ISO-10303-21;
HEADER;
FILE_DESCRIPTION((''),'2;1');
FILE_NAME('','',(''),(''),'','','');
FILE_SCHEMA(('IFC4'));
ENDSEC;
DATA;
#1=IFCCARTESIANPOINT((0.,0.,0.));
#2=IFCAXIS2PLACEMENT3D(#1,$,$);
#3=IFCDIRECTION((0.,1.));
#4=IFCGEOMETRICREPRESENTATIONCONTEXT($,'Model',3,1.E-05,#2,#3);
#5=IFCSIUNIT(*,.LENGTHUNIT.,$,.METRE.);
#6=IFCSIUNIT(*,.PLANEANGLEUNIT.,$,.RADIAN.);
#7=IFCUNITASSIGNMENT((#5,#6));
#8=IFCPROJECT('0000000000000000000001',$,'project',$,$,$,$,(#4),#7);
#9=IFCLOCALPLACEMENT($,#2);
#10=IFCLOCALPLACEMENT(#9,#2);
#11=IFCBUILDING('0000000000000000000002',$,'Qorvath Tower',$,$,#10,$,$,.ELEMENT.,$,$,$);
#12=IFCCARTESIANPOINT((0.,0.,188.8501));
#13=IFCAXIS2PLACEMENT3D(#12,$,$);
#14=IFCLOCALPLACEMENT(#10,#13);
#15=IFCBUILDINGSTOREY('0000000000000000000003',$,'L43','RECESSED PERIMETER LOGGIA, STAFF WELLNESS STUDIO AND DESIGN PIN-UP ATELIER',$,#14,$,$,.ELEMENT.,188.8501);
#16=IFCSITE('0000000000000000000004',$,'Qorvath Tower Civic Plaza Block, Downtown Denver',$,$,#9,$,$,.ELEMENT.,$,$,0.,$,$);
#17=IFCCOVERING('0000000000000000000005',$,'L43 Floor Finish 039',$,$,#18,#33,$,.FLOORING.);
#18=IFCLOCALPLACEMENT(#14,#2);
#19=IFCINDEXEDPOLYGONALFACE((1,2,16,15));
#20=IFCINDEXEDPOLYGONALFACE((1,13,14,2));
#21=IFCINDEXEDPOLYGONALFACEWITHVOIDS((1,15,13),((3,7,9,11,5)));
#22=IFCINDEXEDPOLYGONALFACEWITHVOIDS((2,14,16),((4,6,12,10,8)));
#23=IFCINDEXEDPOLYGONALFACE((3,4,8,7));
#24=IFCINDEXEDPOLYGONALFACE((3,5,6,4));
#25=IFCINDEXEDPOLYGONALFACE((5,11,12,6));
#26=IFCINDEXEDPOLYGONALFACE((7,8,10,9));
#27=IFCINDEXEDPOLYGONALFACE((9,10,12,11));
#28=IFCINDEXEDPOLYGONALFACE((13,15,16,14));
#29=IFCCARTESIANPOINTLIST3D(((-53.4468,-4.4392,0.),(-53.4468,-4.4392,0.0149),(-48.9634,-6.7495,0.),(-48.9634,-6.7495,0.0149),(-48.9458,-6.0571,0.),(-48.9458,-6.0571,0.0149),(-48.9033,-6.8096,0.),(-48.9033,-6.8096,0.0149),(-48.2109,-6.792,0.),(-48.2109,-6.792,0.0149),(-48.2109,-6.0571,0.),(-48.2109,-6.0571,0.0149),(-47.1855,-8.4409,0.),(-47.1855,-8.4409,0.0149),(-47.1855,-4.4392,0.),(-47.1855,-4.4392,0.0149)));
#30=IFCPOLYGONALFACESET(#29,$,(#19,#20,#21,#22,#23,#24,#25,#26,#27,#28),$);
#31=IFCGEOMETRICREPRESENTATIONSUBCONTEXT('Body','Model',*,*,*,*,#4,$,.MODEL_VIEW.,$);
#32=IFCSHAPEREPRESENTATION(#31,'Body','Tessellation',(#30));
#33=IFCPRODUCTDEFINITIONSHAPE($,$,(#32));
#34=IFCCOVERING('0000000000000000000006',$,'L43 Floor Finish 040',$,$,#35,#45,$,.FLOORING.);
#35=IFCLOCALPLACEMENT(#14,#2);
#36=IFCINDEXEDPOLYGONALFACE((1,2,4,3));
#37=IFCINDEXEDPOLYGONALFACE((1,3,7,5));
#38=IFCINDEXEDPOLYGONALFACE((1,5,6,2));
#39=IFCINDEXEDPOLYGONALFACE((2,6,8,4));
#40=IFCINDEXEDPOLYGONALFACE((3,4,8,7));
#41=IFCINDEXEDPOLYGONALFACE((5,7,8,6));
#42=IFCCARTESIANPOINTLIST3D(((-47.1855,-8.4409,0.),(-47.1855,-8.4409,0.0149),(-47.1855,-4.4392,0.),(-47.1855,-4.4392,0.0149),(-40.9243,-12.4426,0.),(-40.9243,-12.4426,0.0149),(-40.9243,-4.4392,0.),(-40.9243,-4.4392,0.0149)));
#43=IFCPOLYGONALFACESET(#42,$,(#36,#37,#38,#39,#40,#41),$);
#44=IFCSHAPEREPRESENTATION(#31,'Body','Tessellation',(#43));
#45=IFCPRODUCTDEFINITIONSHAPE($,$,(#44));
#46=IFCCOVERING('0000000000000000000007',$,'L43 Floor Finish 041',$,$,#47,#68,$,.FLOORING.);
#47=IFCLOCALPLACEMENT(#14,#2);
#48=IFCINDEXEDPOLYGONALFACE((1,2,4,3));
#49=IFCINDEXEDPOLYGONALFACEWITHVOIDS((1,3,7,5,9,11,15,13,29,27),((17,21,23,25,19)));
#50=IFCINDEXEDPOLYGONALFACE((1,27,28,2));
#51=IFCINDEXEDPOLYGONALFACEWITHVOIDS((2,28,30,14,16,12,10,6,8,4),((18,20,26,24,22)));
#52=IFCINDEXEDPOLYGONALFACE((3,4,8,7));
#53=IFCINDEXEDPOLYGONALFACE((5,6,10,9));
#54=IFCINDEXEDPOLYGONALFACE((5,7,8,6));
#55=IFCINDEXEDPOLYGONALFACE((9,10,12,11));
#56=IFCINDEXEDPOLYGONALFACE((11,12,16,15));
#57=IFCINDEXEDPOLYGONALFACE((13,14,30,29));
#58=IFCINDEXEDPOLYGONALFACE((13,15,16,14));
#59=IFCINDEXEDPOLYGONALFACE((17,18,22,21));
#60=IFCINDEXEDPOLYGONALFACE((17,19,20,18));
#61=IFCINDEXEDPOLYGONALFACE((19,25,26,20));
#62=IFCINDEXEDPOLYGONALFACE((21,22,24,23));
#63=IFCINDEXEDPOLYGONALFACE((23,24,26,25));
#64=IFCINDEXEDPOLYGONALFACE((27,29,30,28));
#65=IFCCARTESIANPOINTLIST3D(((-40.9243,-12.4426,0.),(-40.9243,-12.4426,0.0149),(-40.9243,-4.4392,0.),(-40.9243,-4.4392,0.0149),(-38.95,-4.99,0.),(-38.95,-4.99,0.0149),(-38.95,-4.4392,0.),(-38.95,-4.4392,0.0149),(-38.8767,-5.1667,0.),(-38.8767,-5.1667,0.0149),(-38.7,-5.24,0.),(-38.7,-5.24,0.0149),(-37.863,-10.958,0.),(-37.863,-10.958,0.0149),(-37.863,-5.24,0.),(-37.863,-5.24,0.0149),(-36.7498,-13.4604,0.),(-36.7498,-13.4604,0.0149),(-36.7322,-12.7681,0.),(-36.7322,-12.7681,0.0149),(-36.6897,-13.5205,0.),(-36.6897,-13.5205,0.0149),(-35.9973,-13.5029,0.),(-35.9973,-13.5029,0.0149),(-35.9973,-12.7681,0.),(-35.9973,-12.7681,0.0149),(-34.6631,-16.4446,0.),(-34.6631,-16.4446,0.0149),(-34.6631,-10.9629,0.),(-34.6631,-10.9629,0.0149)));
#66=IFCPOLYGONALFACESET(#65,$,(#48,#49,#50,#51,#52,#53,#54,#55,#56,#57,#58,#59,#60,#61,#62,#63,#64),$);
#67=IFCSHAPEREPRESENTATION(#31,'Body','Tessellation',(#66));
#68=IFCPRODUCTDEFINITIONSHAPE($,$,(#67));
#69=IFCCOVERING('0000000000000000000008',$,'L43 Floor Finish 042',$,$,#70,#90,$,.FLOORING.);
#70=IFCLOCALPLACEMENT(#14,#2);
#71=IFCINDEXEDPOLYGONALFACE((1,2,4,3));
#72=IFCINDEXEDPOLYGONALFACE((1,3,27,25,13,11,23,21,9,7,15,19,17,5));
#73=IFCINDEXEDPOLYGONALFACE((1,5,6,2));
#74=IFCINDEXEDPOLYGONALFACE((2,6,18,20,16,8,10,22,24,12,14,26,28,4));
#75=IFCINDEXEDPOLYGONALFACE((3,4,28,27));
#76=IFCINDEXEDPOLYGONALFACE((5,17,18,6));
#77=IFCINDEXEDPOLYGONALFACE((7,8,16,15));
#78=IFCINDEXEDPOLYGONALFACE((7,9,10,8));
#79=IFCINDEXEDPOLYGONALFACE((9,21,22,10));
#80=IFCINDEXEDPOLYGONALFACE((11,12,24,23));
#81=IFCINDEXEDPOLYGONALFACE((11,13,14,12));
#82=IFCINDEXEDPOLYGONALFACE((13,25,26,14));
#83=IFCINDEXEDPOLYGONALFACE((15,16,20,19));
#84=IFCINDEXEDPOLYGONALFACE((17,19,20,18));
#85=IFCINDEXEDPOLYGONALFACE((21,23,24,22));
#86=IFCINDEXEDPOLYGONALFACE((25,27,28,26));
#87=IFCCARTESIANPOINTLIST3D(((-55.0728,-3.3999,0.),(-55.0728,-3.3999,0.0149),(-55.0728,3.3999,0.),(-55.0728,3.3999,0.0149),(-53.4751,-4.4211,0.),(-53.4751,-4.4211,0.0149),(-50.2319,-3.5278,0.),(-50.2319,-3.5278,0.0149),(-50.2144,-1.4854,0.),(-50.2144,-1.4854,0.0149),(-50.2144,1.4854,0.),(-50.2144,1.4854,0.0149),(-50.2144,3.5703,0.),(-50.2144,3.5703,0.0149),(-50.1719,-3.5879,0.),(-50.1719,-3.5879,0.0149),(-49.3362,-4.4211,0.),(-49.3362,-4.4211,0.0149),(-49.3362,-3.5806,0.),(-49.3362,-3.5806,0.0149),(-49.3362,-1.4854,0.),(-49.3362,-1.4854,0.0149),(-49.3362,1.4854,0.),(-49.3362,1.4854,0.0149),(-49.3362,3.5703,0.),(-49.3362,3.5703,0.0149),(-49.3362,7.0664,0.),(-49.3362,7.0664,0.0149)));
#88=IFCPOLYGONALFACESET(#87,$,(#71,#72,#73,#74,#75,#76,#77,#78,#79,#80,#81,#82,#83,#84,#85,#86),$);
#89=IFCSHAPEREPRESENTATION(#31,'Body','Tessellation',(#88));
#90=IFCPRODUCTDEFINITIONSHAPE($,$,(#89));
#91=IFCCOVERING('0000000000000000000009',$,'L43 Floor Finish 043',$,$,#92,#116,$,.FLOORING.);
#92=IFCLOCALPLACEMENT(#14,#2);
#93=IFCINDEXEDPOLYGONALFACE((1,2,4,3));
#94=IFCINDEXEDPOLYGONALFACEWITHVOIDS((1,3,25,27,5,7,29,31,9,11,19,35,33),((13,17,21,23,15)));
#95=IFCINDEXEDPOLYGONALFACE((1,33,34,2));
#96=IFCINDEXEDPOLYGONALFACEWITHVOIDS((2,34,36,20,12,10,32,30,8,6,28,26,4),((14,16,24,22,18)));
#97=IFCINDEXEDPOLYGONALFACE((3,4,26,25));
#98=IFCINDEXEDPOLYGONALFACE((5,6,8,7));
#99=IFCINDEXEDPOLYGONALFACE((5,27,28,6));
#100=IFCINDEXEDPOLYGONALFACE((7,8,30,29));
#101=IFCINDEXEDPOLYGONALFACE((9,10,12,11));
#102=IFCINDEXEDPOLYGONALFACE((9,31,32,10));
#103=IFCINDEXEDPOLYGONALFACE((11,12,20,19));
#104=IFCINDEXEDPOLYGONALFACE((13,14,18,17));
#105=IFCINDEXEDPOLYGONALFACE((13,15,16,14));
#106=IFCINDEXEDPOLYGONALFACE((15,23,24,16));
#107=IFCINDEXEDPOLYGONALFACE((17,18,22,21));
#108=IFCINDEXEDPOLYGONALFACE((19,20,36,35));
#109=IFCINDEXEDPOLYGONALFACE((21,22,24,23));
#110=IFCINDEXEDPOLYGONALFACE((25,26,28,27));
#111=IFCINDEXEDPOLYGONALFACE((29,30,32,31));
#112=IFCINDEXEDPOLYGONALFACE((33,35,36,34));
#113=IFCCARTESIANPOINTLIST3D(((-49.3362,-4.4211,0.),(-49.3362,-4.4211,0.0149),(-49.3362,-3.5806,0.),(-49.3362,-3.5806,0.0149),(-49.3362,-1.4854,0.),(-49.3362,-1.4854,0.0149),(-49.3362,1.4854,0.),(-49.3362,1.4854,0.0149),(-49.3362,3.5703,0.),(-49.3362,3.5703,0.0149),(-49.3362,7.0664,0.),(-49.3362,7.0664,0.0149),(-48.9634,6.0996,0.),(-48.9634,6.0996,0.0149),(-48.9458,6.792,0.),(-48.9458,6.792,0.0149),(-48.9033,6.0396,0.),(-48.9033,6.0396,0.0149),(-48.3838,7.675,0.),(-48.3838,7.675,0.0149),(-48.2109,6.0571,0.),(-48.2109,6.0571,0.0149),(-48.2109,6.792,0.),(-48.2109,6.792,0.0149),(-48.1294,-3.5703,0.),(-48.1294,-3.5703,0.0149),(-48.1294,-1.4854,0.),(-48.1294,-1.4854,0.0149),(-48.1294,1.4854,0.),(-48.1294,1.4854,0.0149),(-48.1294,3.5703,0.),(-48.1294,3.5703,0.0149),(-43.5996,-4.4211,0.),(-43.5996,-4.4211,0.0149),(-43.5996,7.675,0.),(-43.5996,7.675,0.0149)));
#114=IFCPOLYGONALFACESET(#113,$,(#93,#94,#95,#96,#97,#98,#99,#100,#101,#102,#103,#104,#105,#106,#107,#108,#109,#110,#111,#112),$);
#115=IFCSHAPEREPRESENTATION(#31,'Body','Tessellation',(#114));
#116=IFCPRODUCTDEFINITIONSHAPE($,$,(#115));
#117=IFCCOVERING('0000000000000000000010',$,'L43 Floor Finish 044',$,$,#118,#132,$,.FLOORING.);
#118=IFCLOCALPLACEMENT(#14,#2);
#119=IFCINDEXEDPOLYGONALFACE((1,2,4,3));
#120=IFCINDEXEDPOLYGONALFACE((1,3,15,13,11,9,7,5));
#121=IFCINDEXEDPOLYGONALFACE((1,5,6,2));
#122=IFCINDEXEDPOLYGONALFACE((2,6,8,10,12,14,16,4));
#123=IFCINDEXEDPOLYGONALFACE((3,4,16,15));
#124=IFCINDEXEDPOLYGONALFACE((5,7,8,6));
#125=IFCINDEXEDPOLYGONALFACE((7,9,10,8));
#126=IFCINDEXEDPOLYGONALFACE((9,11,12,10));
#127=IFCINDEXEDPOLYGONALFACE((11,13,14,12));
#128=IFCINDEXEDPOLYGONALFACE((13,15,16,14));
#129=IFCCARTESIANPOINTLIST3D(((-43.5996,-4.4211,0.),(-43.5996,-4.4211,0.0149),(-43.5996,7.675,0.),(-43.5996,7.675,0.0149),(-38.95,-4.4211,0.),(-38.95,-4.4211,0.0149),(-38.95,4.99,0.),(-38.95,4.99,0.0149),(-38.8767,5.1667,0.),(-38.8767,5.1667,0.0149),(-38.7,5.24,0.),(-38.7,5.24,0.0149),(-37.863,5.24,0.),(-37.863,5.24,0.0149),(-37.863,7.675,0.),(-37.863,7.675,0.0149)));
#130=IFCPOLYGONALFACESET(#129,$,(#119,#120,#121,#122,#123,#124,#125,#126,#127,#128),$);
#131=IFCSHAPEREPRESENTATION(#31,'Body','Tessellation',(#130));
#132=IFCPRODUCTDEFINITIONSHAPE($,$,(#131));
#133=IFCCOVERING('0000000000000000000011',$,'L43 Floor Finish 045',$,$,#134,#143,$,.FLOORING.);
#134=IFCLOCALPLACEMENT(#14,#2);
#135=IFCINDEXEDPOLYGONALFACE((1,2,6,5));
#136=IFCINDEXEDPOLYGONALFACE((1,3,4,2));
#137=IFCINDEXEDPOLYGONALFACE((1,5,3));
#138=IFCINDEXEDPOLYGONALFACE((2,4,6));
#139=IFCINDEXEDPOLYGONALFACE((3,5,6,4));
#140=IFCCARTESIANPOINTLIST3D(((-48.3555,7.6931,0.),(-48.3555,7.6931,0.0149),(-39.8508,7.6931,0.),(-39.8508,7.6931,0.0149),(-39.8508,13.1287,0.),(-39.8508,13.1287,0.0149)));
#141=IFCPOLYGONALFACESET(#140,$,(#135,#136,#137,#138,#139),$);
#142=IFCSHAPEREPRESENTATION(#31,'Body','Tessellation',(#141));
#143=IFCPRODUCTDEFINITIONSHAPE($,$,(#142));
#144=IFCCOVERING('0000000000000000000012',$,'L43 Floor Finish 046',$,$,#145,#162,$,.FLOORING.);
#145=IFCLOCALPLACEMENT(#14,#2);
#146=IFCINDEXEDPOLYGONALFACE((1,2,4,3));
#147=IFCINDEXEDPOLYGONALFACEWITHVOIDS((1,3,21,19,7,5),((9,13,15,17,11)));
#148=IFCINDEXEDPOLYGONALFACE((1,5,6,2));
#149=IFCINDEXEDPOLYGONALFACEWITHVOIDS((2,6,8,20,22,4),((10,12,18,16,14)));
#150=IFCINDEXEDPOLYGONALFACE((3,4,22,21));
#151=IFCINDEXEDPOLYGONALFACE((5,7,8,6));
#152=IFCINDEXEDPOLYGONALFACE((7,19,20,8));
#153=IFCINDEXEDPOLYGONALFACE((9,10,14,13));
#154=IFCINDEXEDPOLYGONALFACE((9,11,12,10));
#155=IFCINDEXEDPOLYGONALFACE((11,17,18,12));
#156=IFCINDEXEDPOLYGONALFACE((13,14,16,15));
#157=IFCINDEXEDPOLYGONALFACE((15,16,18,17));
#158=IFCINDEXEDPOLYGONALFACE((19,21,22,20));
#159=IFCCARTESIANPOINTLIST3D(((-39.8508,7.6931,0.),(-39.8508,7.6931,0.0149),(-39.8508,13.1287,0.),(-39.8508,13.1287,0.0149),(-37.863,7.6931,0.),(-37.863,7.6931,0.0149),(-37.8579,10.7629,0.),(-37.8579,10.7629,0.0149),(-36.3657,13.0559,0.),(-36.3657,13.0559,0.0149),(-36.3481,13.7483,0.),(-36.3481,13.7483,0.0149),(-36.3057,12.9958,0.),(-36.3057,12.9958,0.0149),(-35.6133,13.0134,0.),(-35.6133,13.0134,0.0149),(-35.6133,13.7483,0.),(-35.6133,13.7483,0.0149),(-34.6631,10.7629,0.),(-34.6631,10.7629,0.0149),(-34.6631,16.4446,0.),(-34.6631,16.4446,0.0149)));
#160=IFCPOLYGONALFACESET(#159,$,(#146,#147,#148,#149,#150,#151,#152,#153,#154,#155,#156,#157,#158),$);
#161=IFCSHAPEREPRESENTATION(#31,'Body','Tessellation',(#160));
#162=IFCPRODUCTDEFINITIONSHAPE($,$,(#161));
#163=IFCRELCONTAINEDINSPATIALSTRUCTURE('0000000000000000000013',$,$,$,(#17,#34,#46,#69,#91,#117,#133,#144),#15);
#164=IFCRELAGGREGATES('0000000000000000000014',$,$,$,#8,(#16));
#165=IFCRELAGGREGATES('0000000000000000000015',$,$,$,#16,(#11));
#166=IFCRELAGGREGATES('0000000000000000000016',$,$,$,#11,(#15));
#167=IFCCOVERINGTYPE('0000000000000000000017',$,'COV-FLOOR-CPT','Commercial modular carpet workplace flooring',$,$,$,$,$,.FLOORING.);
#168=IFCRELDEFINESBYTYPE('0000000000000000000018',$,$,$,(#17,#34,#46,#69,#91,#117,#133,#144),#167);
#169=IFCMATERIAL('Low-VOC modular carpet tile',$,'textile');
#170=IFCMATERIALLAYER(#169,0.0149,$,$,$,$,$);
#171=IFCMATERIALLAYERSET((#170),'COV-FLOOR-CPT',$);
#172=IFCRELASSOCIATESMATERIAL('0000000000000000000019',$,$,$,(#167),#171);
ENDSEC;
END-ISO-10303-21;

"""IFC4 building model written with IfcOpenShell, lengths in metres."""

from ifc_helpers import new_model, si_unit, direction, frame, origin, place, context, subcontext, project, spatial, polyline, outline, extrude, material, layer, layer_set, type_object, element, save


model = new_model("IFC4")

# Units and contexts
model_context = context("Model", 3, precision=1e-05, world=origin(), true_north=direction((0.0, 1.0)))
body_context = subcontext(model_context, "Body", "Model", "MODEL_VIEW")
ifc_project = project(units=[si_unit("LENGTHUNIT", "METRE"), si_unit("PLANEANGLEUNIT", "RADIAN")], contexts=[model_context])

# Site, building, storey
site_placement = place(None, origin())
site = spatial("IfcSite", under=ifc_project, at=site_placement, Name="Qorvath Tower Civic Plaza Block, Downtown Denver", CompositionType="ELEMENT", RefElevation=0.0)
building_placement = place(site_placement, origin())
building = spatial("IfcBuilding", under=site, at=building_placement, Name="Qorvath Tower", CompositionType="ELEMENT")
storey_placement = place(building_placement, frame((0.0, 0.0, 188.8501)))
storey = spatial("IfcBuildingStorey", under=building, at=storey_placement, Name="L43", Description="RECESSED PERIMETER LOGGIA, STAFF WELLNESS STUDIO AND DESIGN PIN-UP ATELIER", CompositionType="ELEMENT", Elevation=188.8501)

# Coverings
ifc_material_1 = material(Name="Low-VOC modular carpet tile", Category="textile")
ifc_layer_1 = layer(ifc_material_1, 0.0149)
ifc_layer_set_1 = layer_set([ifc_layer_1], Name="COV-FLOOR-CPT")
covering_type_1 = type_object("IfcCoveringType", Name="COV-FLOOR-CPT", Description="Commercial modular carpet workplace flooring", PredefinedType="FLOORING", material=ifc_layer_set_1)
covering_1_placement = place(storey_placement, origin())
element("IfcCovering", 1, at=covering_1_placement, inside=storey, type_object=covering_type_1, Name="L43 Floor Finish 039", PredefinedType="FLOORING", context=body_context, shape_type="SweptSolid", body=[
    extrude(outline(polyline([(-47.1855, -8.4409), (-47.1855, -4.4392), (-53.4468, -4.4392), (-47.1855, -8.4409)]), holes=[polyline([(-48.9634, -6.7495), (-48.9458, -6.0571), (-48.2109, -6.0571), (-48.2109, -6.792), (-48.9033, -6.8096), (-48.9634, -6.7495)])]), origin(), (0.0, 0.0, 1.0), 0.0149),
])
covering_2_placement = place(storey_placement, origin())
element("IfcCovering", 2, at=covering_2_placement, inside=storey, type_object=covering_type_1, Name="L43 Floor Finish 040", PredefinedType="FLOORING", context=body_context, shape_type="SweptSolid", body=[
    extrude(outline(polyline([(-40.9243, -12.4426), (-40.9243, -4.4392), (-47.1855, -4.4392), (-47.1855, -8.4409), (-40.9243, -12.4426)])), origin(), (0.0, 0.0, 1.0), 0.0149),
])
covering_3_placement = place(storey_placement, origin())
element("IfcCovering", 3, at=covering_3_placement, inside=storey, type_object=covering_type_1, Name="L43 Floor Finish 041", PredefinedType="FLOORING", context=body_context, shape_type="SweptSolid", body=[
    extrude(outline(polyline([(-37.863, -10.958), (-37.863, -5.24), (-38.7, -5.24), (-38.8767, -5.1667), (-38.95, -4.99), (-38.95, -4.4392), (-40.9243, -4.4392), (-40.9243, -12.4426), (-34.6631, -16.4446), (-34.6631, -10.9629), (-37.863, -10.958)]), holes=[polyline([(-36.7498, -13.4604), (-36.7322, -12.7681), (-35.9973, -12.7681), (-35.9973, -13.5029), (-36.6897, -13.5205), (-36.7498, -13.4604)])]), origin(), (0.0, 0.0, 1.0), 0.0149),
])
covering_4_placement = place(storey_placement, origin())
element("IfcCovering", 4, at=covering_4_placement, inside=storey, type_object=covering_type_1, Name="L43 Floor Finish 042", PredefinedType="FLOORING", context=body_context, shape_type="SweptSolid", body=[
    extrude(outline(polyline([(-49.3362, -4.4211), (-49.3362, -3.5806), (-50.1719, -3.5879), (-50.2319, -3.5278), (-50.2144, -1.4854), (-49.3362, -1.4854), (-49.3362, 1.4854), (-50.2144, 1.4854), (-50.2144, 3.5703), (-49.3362, 3.5703), (-49.3362, 7.0664), (-55.0728, 3.3999), (-55.0728, -3.3999), (-53.4751, -4.4211), (-49.3362, -4.4211)])), origin(), (0.0, 0.0, 1.0), 0.0149),
])
covering_5_placement = place(storey_placement, origin())
element("IfcCovering", 5, at=covering_5_placement, inside=storey, type_object=covering_type_1, Name="L43 Floor Finish 043", PredefinedType="FLOORING", context=body_context, shape_type="SweptSolid", body=[
    extrude(outline(polyline([(-43.5996, -4.4211), (-43.5996, 7.675), (-48.3838, 7.675), (-49.3362, 7.0664), (-49.3362, 3.5703), (-48.1294, 3.5703), (-48.1294, 1.4854), (-49.3362, 1.4854), (-49.3362, -1.4854), (-48.1294, -1.4854), (-48.1294, -3.5703), (-49.3362, -3.5806), (-49.3362, -4.4211), (-43.5996, -4.4211)]), holes=[polyline([(-48.9634, 6.0996), (-48.9458, 6.792), (-48.2109, 6.792), (-48.2109, 6.0571), (-48.9033, 6.0396), (-48.9634, 6.0996)])]), origin(), (0.0, 0.0, 1.0), 0.0149),
])
covering_6_placement = place(storey_placement, origin())
element("IfcCovering", 6, at=covering_6_placement, inside=storey, type_object=covering_type_1, Name="L43 Floor Finish 044", PredefinedType="FLOORING", context=body_context, shape_type="SweptSolid", body=[
    extrude(outline(polyline([(-37.863, 5.24), (-37.863, 7.675), (-43.5996, 7.675), (-43.5996, -4.4211), (-38.95, -4.4211), (-38.95, 4.99), (-38.8767, 5.1667), (-38.7, 5.24), (-37.863, 5.24)])), origin(), (0.0, 0.0, 1.0), 0.0149),
])
covering_7_placement = place(storey_placement, origin())
element("IfcCovering", 7, at=covering_7_placement, inside=storey, type_object=covering_type_1, Name="L43 Floor Finish 045", PredefinedType="FLOORING", context=body_context, shape_type="SweptSolid", body=[
    extrude(outline(polyline([(-39.8508, 7.6931), (-39.8508, 13.1287), (-48.3555, 7.6931), (-39.8508, 7.6931)])), origin(), (0.0, 0.0, 1.0), 0.0149),
])
covering_8_placement = place(storey_placement, origin())
element("IfcCovering", 8, at=covering_8_placement, inside=storey, type_object=covering_type_1, Name="L43 Floor Finish 046", PredefinedType="FLOORING", context=body_context, shape_type="SweptSolid", body=[
    extrude(outline(polyline([(-37.8579, 10.7629), (-34.6631, 10.7629), (-34.6631, 16.4446), (-39.8508, 13.1287), (-39.8508, 7.6931), (-37.863, 7.6931), (-37.8579, 10.7629)]), holes=[polyline([(-36.3657, 13.0559), (-36.3481, 13.7483), (-35.6133, 13.7483), (-35.6133, 13.0134), (-36.3057, 12.9958), (-36.3657, 13.0559)])]), origin(), (0.0, 0.0, 1.0), 0.0149),
])

save(model, "model.ifc")
